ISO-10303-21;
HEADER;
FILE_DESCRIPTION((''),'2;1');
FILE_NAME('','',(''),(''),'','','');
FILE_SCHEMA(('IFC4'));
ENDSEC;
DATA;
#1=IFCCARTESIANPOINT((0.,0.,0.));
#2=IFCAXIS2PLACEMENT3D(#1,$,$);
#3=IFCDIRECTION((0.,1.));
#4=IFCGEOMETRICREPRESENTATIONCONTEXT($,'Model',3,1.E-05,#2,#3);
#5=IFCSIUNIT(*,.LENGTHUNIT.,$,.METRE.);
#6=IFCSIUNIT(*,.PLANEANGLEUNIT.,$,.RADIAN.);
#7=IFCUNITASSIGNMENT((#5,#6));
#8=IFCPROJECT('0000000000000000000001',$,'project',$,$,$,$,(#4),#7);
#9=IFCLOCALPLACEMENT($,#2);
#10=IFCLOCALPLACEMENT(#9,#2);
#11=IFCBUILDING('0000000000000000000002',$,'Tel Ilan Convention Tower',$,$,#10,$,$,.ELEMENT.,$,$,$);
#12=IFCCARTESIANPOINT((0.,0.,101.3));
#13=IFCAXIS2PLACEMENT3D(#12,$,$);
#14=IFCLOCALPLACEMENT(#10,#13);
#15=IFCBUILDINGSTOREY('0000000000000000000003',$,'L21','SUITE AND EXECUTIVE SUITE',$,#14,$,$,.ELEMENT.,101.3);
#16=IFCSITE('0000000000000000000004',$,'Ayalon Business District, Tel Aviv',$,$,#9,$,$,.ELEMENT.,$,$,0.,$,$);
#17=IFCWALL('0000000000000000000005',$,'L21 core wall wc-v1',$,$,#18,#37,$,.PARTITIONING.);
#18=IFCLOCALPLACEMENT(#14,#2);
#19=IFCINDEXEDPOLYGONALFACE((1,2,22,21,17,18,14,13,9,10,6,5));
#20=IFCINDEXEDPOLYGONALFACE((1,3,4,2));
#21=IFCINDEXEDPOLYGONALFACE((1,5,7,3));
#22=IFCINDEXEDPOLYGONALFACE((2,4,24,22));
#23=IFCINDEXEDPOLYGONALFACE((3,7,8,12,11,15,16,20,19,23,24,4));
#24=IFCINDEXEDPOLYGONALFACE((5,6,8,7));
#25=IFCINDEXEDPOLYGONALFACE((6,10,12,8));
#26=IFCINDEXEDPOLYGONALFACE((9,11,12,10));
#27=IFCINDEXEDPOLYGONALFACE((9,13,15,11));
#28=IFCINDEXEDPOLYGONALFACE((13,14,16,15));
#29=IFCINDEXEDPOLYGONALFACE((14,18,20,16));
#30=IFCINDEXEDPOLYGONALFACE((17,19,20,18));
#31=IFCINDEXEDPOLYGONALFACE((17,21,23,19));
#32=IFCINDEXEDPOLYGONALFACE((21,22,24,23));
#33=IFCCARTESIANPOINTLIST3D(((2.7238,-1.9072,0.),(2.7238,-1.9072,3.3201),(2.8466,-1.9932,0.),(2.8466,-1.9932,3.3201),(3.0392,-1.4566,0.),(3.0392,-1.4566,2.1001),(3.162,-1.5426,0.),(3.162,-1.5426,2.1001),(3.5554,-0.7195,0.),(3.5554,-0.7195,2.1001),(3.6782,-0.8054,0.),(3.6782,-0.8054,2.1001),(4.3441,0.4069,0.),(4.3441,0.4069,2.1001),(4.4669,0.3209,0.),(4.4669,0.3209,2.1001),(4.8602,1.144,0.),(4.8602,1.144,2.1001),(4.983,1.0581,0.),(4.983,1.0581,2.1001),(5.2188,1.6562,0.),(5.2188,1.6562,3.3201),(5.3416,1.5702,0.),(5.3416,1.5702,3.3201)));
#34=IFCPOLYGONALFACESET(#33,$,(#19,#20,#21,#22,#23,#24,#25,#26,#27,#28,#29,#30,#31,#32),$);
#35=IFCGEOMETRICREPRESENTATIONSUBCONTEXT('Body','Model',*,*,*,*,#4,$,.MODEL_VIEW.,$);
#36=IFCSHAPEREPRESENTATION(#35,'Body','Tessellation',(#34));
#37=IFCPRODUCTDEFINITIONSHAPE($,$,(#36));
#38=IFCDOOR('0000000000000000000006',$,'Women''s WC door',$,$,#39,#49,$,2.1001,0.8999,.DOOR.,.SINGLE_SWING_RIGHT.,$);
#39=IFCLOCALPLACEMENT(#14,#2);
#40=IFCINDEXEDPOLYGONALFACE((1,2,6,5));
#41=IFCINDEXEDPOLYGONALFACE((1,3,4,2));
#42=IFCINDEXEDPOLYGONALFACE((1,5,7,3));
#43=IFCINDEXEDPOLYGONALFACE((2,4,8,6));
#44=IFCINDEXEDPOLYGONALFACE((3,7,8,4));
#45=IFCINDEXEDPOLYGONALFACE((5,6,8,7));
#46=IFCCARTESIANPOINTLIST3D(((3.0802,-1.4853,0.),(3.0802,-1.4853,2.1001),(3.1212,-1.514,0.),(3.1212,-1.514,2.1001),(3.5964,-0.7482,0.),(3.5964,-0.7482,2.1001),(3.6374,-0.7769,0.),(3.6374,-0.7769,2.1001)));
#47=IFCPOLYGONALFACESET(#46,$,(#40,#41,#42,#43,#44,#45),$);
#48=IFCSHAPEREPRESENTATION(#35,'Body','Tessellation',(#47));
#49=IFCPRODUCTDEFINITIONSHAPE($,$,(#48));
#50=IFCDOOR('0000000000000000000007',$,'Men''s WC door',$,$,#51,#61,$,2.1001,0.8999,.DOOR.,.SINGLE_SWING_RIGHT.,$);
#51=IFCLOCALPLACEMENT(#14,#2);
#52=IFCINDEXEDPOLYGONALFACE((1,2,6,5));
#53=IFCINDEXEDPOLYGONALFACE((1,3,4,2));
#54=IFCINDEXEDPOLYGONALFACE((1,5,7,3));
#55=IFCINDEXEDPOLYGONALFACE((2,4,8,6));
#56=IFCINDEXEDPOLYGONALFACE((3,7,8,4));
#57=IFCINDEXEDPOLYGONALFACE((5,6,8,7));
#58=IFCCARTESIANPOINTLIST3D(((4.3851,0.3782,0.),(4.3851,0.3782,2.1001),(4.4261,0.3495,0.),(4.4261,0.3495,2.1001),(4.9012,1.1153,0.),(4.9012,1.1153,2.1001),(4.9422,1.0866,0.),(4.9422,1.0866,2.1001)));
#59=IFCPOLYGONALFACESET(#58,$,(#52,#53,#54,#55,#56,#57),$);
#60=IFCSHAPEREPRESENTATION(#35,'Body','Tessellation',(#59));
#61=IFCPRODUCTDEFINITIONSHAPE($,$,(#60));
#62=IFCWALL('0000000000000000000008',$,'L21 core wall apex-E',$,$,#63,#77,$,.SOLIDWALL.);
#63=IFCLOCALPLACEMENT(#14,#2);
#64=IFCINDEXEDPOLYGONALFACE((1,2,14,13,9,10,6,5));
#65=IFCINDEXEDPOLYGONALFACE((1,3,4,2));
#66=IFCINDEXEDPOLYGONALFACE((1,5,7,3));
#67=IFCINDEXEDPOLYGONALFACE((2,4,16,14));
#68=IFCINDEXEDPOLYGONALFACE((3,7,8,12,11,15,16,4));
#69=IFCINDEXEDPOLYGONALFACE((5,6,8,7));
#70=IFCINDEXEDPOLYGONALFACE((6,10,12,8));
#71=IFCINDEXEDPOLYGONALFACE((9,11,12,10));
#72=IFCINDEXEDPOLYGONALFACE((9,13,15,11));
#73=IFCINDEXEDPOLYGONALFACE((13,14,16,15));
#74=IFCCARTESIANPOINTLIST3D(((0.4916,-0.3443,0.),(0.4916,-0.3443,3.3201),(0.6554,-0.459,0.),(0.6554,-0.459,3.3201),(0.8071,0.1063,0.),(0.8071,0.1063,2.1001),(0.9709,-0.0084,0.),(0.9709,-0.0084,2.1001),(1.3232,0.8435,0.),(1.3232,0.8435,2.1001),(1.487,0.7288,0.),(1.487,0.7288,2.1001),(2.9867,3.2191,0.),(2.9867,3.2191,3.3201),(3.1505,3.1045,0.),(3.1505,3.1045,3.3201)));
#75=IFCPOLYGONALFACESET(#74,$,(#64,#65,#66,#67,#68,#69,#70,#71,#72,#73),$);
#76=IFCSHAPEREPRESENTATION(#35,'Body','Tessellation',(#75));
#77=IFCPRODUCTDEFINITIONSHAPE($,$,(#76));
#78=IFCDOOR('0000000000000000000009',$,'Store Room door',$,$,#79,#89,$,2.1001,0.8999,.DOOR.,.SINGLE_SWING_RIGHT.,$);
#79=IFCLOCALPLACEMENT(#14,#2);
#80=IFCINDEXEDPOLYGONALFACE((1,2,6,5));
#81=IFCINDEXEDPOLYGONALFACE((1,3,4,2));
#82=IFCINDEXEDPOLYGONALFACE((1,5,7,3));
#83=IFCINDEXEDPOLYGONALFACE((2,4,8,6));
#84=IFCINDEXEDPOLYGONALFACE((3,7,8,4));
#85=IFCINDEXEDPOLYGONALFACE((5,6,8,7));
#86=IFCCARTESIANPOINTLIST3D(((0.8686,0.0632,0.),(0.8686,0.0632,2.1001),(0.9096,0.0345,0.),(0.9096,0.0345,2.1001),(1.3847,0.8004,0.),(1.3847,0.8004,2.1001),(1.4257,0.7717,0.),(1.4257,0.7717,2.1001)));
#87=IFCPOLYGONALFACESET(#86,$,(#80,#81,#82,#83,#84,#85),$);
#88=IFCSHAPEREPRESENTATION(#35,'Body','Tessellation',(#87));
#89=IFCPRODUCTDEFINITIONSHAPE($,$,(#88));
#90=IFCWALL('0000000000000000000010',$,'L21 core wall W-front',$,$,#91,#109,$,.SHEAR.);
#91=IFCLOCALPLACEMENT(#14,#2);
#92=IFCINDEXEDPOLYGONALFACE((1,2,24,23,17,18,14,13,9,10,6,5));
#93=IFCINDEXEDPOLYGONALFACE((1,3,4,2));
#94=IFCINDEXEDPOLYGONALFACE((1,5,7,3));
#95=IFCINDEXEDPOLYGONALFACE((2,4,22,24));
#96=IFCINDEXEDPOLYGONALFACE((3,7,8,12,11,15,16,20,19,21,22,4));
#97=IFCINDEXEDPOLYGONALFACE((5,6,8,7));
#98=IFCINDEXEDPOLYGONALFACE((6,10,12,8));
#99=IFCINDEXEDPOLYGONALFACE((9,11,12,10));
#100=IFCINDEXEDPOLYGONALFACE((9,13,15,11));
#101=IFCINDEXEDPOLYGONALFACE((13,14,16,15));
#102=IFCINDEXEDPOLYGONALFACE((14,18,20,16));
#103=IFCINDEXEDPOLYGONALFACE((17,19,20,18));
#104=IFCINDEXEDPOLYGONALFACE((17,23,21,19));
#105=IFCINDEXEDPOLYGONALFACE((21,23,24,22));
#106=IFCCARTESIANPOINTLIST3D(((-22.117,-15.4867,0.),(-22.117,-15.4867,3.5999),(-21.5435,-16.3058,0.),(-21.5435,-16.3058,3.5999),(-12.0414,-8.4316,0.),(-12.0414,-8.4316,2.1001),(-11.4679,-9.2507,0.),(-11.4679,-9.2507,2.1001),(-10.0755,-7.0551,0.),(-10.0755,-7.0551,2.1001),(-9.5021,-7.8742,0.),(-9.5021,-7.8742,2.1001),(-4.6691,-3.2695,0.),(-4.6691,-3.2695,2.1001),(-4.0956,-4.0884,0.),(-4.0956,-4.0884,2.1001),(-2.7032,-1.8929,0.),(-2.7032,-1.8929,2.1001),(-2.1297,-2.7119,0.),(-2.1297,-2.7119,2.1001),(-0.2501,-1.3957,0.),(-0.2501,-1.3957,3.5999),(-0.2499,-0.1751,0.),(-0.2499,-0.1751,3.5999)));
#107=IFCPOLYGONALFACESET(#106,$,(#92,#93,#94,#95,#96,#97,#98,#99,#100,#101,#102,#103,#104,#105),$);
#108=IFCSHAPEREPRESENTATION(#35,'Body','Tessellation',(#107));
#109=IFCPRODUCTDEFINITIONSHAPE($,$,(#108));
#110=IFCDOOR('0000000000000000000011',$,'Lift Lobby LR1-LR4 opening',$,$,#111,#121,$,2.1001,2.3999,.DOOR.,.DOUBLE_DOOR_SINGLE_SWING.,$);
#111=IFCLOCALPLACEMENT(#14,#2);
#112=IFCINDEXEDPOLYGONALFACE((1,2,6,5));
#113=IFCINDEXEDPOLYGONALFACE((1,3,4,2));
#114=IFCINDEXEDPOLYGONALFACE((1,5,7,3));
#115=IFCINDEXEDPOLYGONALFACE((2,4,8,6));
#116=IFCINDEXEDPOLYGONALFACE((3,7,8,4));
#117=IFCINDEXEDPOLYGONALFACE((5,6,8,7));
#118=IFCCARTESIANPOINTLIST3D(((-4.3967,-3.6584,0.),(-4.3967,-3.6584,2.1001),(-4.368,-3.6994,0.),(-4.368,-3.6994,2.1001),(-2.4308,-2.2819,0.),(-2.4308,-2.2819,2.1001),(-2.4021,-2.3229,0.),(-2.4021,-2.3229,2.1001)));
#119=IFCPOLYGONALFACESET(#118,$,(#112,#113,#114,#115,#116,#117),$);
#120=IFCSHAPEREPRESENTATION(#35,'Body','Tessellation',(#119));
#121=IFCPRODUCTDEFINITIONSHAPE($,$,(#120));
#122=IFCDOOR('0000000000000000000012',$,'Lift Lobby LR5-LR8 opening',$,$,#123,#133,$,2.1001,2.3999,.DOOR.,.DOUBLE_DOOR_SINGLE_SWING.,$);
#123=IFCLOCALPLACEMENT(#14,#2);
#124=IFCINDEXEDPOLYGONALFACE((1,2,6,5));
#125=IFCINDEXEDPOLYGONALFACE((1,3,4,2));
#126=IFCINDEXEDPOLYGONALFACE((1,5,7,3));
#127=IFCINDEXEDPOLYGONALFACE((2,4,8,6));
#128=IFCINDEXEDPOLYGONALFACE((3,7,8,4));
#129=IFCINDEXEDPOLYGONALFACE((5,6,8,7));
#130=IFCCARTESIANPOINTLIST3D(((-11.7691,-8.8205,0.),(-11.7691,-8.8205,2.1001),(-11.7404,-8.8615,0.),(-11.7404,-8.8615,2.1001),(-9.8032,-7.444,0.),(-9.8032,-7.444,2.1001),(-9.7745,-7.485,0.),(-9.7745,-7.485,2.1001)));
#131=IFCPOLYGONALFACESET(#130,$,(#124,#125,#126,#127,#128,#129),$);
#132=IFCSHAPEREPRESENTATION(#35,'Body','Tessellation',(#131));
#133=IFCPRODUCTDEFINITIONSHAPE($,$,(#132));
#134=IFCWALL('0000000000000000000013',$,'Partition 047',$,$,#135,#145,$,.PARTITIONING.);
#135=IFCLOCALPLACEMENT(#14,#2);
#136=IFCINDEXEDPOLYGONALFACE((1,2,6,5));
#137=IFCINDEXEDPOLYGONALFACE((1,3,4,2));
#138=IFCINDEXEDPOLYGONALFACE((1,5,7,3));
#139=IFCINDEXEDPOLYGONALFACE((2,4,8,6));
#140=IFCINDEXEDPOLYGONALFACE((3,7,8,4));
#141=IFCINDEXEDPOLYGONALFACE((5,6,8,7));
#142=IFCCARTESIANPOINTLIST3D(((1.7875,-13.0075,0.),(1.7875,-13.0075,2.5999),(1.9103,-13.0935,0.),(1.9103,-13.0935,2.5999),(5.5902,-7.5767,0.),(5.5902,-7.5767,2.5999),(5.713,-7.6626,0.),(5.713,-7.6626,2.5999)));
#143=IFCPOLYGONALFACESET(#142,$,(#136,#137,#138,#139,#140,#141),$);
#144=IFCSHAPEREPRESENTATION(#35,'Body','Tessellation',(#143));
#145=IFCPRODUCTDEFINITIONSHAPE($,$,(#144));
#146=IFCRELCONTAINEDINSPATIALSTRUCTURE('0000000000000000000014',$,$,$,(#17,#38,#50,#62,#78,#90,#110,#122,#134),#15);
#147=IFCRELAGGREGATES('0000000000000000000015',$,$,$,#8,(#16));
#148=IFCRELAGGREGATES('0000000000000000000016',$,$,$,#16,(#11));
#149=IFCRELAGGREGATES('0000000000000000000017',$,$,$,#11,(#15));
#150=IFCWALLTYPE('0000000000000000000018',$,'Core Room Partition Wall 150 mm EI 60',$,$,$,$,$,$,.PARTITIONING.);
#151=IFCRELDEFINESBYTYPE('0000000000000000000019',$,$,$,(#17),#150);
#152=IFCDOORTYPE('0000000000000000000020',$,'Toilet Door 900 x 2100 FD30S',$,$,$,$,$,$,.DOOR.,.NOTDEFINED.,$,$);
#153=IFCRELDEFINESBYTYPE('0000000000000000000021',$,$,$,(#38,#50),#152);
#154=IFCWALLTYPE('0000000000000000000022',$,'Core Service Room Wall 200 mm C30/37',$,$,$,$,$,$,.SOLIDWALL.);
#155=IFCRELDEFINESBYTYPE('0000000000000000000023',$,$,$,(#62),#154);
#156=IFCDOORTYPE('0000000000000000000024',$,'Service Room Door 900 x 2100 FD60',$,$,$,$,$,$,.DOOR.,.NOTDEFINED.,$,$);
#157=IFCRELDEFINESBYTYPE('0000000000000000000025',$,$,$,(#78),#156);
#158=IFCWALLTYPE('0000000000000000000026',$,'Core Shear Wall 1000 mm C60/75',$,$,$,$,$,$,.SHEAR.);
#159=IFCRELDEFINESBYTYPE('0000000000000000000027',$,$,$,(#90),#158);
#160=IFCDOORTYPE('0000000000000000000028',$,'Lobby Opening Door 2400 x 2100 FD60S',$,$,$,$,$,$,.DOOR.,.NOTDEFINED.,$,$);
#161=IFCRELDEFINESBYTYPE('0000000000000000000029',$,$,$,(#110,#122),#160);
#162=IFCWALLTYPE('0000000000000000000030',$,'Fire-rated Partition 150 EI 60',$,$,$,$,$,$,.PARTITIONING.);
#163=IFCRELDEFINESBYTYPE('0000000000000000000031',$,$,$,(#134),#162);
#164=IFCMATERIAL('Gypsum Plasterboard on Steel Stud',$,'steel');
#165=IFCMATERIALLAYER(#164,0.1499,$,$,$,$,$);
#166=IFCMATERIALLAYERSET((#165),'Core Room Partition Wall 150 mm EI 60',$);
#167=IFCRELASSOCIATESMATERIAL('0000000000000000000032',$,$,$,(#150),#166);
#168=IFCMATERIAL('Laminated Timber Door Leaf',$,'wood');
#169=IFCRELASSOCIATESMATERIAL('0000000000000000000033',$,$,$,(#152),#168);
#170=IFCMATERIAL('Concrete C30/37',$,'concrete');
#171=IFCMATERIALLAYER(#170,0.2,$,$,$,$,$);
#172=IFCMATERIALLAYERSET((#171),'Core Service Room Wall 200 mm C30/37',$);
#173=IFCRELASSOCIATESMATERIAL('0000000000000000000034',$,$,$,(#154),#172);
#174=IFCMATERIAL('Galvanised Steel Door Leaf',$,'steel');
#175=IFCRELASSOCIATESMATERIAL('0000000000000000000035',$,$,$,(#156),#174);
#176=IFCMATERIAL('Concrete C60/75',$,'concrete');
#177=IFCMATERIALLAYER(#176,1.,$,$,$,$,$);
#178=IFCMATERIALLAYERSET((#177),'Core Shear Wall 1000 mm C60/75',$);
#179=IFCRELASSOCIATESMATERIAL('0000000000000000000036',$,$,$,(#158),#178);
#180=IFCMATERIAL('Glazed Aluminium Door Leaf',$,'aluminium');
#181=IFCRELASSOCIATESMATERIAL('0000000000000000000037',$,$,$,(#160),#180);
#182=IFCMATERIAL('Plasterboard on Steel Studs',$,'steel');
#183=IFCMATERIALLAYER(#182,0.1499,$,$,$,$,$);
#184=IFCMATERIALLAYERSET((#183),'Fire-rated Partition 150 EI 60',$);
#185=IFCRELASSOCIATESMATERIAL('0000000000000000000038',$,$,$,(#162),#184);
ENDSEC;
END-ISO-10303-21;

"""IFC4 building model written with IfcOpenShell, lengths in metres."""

from ifc_helpers import new_model, si_unit, direction, frame, frame_2d, origin, place, context, subcontext, project, spatial, polyline, rectangle, outline, extrude, material, layer, layer_set, type_object, element, fill, save


model = new_model("IFC4")

# Units and contexts
model_context = context("Model", 3, precision=1e-05, world=origin(), true_north=direction((0.0, 1.0)))
body_context = subcontext(model_context, "Body", "Model", "MODEL_VIEW")
ifc_project = project(units=[si_unit("LENGTHUNIT", "METRE"), si_unit("PLANEANGLEUNIT", "RADIAN")], contexts=[model_context])

# Site, building, storey
site_placement = place(None, origin())
site = spatial("IfcSite", under=ifc_project, at=site_placement, Name="Ayalon Business District, Tel Aviv", CompositionType="ELEMENT", RefElevation=0.0)
building_placement = place(site_placement, origin())
building = spatial("IfcBuilding", under=site, at=building_placement, Name="Tel Ilan Convention Tower", CompositionType="ELEMENT")
storey_placement = place(building_placement, frame((0.0, 0.0, 101.3)))
storey = spatial("IfcBuildingStorey", under=building, at=storey_placement, Name="L21", Description="SUITE AND EXECUTIVE SUITE", CompositionType="ELEMENT", Elevation=101.3)

# Wall, openings, doors
ifc_material_1 = material(Name="Gypsum Plasterboard on Steel Stud", Category="steel")
ifc_layer_1 = layer(ifc_material_1, 0.1499)
ifc_layer_set_1 = layer_set([ifc_layer_1], Name="Core Room Partition Wall 150 mm EI 60")
wall_type_1 = type_object("IfcWallType", Name="Core Room Partition Wall 150 mm EI 60", PredefinedType="PARTITIONING", material=ifc_layer_set_1)
wall_1_placement = place(storey_placement, frame((2.7852, -1.9502, 0.0), z_axis=(0.0, 0.0, 1.0), x_axis=(0.573568, 0.819158, 0.0)))
wall_1 = element("IfcWall", 1, at=wall_1_placement, inside=storey, type_object=wall_type_1, Name="L21 core wall wc-v1", PredefinedType="PARTITIONING", context=body_context, shape_type="SweptSolid", body=[
    extrude(rectangle(XDim=4.3501, YDim=0.1499, at=frame_2d((2.175, 0.0))), origin(), (0.0, 0.0, 1.0), 3.3201),
])
opening_1_placement = place(wall_1_placement, frame((0.55, 0.0, 0.0)))
opening_1 = element("IfcOpeningElement", 2, at=opening_1_placement, cuts=wall_1, PredefinedType="OPENING", context=body_context, shape_type="SweptSolid", body=[
    extrude(rectangle(XDim=0.8999, YDim=2.1001, at=frame_2d((0.45, 1.05))), frame((0.0, 0.085, 0.0), z_axis=(0.0, -1.0, 0.0), x_axis=(1.0, 0.0, 0.0)), (0.0, 0.0, 1.0), 0.1699),
])
opening_2_placement = place(wall_1_placement, frame((2.825, 0.0, 0.0)))
opening_2 = element("IfcOpeningElement", 3, at=opening_2_placement, cuts=wall_1, PredefinedType="OPENING", context=body_context, shape_type="SweptSolid", body=[
    extrude(rectangle(XDim=0.8999, YDim=2.1001, at=frame_2d((0.45, 1.05))), frame((0.0, 0.085, 0.0), z_axis=(0.0, -1.0, 0.0), x_axis=(1.0, 0.0, 0.0)), (0.0, 0.0, 1.0), 0.1699),
])
ifc_material_2 = material(Name="Laminated Timber Door Leaf", Category="wood")
door_type_1 = type_object("IfcDoorType", Name="Toilet Door 900 x 2100 FD30S", OperationType="NOTDEFINED", PredefinedType="DOOR", material=ifc_material_2)
door_1_placement = place(opening_1_placement, origin())
door_1 = element("IfcDoor", 4, at=door_1_placement, inside=storey, type_object=door_type_1, Name="Women's WC door", OperationType="SINGLE_SWING_RIGHT", OverallHeight=2.1001, OverallWidth=0.8999, PredefinedType="DOOR", context=body_context, shape_type="SweptSolid", body=[
    extrude(rectangle(XDim=0.8999, YDim=2.1001, at=frame_2d((0.45, 1.05))), frame((0.0, 0.0249, 0.0), z_axis=(0.0, -1.0, 0.0), x_axis=(1.0, 0.0, 0.0)), (0.0, 0.0, 1.0), 0.05),
])
fill(opening_1, door_1)
door_2_placement = place(opening_2_placement, origin())
door_2 = element("IfcDoor", 5, at=door_2_placement, inside=storey, type_object=door_type_1, Name="Men's WC door", OperationType="SINGLE_SWING_RIGHT", OverallHeight=2.1001, OverallWidth=0.8999, PredefinedType="DOOR", context=body_context, shape_type="SweptSolid", body=[
    extrude(rectangle(XDim=0.8999, YDim=2.1001, at=frame_2d((0.45, 1.05))), frame((0.0, 0.0249, 0.0), z_axis=(0.0, -1.0, 0.0), x_axis=(1.0, 0.0, 0.0)), (0.0, 0.0, 1.0), 0.05),
])
fill(opening_2, door_2)

# Wall, opening, door
ifc_material_3 = material(Name="Concrete C30/37", Category="concrete")
ifc_layer_2 = layer(ifc_material_3, 0.2)
ifc_layer_set_2 = layer_set([ifc_layer_2], Name="Core Service Room Wall 200 mm C30/37")
wall_type_2 = type_object("IfcWallType", Name="Core Service Room Wall 200 mm C30/37", PredefinedType="SOLIDWALL", material=ifc_layer_set_2)
wall_2_placement = place(storey_placement, frame((0.5735, -0.4016, 0.0), z_axis=(0.0, 0.0, 1.0), x_axis=(0.573568, 0.819158, 0.0)))
wall_2 = element("IfcWall", 6, at=wall_2_placement, inside=storey, type_object=wall_type_2, Name="L21 core wall apex-E", PredefinedType="SOLIDWALL", context=body_context, shape_type="SweptSolid", body=[
    extrude(rectangle(XDim=4.3501, YDim=0.2, at=frame_2d((2.175, 0.0))), origin(), (0.0, 0.0, 1.0), 3.3201),
])
opening_3_placement = place(wall_2_placement, frame((0.55, 0.0, 0.0)))
opening_3 = element("IfcOpeningElement", 7, at=opening_3_placement, cuts=wall_2, PredefinedType="OPENING", context=body_context, shape_type="SweptSolid", body=[
    extrude(rectangle(XDim=0.8999, YDim=2.1001, at=frame_2d((0.45, 1.05))), frame((0.0, 0.1099, 0.0), z_axis=(0.0, -1.0, 0.0), x_axis=(1.0, 0.0, 0.0)), (0.0, 0.0, 1.0), 0.22),
])
ifc_material_4 = material(Name="Galvanised Steel Door Leaf", Category="steel")
door_type_2 = type_object("IfcDoorType", Name="Service Room Door 900 x 2100 FD60", OperationType="NOTDEFINED", PredefinedType="DOOR", material=ifc_material_4)
door_3_placement = place(opening_3_placement, origin())
door_3 = element("IfcDoor", 8, at=door_3_placement, inside=storey, type_object=door_type_2, Name="Store Room door", OperationType="SINGLE_SWING_RIGHT", OverallHeight=2.1001, OverallWidth=0.8999, PredefinedType="DOOR", context=body_context, shape_type="SweptSolid", body=[
    extrude(rectangle(XDim=0.8999, YDim=2.1001, at=frame_2d((0.45, 1.05))), frame((0.0, 0.0249, 0.0), z_axis=(0.0, -1.0, 0.0), x_axis=(1.0, 0.0, 0.0)), (0.0, 0.0, 1.0), 0.05),
])
fill(opening_3, door_3)

# Wall, openings, doors
ifc_material_5 = material(Name="Concrete C60/75", Category="concrete")
ifc_layer_3 = layer(ifc_material_5, 1.0)
ifc_layer_set_3 = layer_set([ifc_layer_3], Name="Core Shear Wall 1000 mm C60/75")
wall_type_3 = type_object("IfcWallType", Name="Core Shear Wall 1000 mm C60/75", PredefinedType="SHEAR", material=ifc_layer_set_3)
wall_3_placement = place(storey_placement, frame((0.0369, -0.5847, 0.0), z_axis=(0.0, 0.0, 1.0), x_axis=(-0.819157, -0.573569, 0.0)))
wall_3 = element("IfcWall", 9, at=wall_3_placement, inside=storey, type_object=wall_type_3, Name="L21 core wall W-front", PredefinedType="SHEAR", context=body_context, shape_type="SweptSolid", body=[
    extrude(outline(polyline([(26.6948, 0.5002), (0.7002, 0.4998), (0.0, -0.5), (26.6948, -0.4998), (26.6948, 0.5002)])), origin(), (0.0, 0.0, 1.0), 3.5999),
])
opening_4_placement = place(wall_3_placement, frame((2.9949, 0.0, 0.0)))
opening_4 = element("IfcOpeningElement", 10, at=opening_4_placement, cuts=wall_3, PredefinedType="OPENING", context=body_context, shape_type="SweptSolid", body=[
    extrude(rectangle(XDim=2.3999, YDim=2.1001, at=frame_2d((1.2, 1.05))), frame((0.0, 0.51, 0.0), z_axis=(0.0, -1.0, 0.0), x_axis=(1.0, 0.0, 0.0)), (0.0, 0.0, 1.0), 1.02),
])
opening_5_placement = place(wall_3_placement, frame((11.9949, 0.0, 0.0)))
opening_5 = element("IfcOpeningElement", 11, at=opening_5_placement, cuts=wall_3, PredefinedType="OPENING", context=body_context, shape_type="SweptSolid", body=[
    extrude(rectangle(XDim=2.3999, YDim=2.1001, at=frame_2d((1.2, 1.05))), frame((0.0, 0.51, 0.0), z_axis=(0.0, -1.0, 0.0), x_axis=(1.0, 0.0, 0.0)), (0.0, 0.0, 1.0), 1.02),
])
ifc_material_6 = material(Name="Glazed Aluminium Door Leaf", Category="aluminium")
door_type_3 = type_object("IfcDoorType", Name="Lobby Opening Door 2400 x 2100 FD60S", OperationType="NOTDEFINED", PredefinedType="DOOR", material=ifc_material_6)
door_4_placement = place(opening_4_placement, origin())
door_4 = element("IfcDoor", 12, at=door_4_placement, inside=storey, type_object=door_type_3, Name="Lift Lobby LR1-LR4 opening", OperationType="DOUBLE_DOOR_SINGLE_SWING", OverallHeight=2.1001, OverallWidth=2.3999, PredefinedType="DOOR", context=body_context, shape_type="SweptSolid", body=[
    extrude(rectangle(XDim=2.3999, YDim=2.1001, at=frame_2d((1.2, 1.05))), frame((0.0, 0.0249, 0.0), z_axis=(0.0, -1.0, 0.0), x_axis=(1.0, 0.0, 0.0)), (0.0, 0.0, 1.0), 0.05),
])
fill(opening_4, door_4)
door_5_placement = place(opening_5_placement, origin())
door_5 = element("IfcDoor", 13, at=door_5_placement, inside=storey, type_object=door_type_3, Name="Lift Lobby LR5-LR8 opening", OperationType="DOUBLE_DOOR_SINGLE_SWING", OverallHeight=2.1001, OverallWidth=2.3999, PredefinedType="DOOR", context=body_context, shape_type="SweptSolid", body=[
    extrude(rectangle(XDim=2.3999, YDim=2.1001, at=frame_2d((1.2, 1.05))), frame((0.0, 0.0249, 0.0), z_axis=(0.0, -1.0, 0.0), x_axis=(1.0, 0.0, 0.0)), (0.0, 0.0, 1.0), 0.05),
])
fill(opening_5, door_5)

# Wall
ifc_material_7 = material(Name="Plasterboard on Steel Studs", Category="steel")
ifc_layer_4 = layer(ifc_material_7, 0.1499)
ifc_layer_set_4 = layer_set([ifc_layer_4], Name="Fire-rated Partition 150 EI 60")
wall_type_4 = type_object("IfcWallType", Name="Fire-rated Partition 150 EI 60", PredefinedType="PARTITIONING", material=ifc_layer_set_4)
wall_4_placement = place(storey_placement, frame((1.8489, -13.0505, 0.0), z_axis=(0.0, 0.0, 1.0), x_axis=(0.573574, 0.819154, 0.0)))
element("IfcWall", 14, at=wall_4_placement, inside=storey, type_object=wall_type_4, Name="Partition 047", PredefinedType="PARTITIONING", context=body_context, shape_type="SweptSolid", body=[
    extrude(rectangle(XDim=6.6299, YDim=0.1499, at=frame_2d((3.3149, 0.0))), origin(), (0.0, 0.0, 1.0), 2.5999),
])

save(model, "model.ifc")
